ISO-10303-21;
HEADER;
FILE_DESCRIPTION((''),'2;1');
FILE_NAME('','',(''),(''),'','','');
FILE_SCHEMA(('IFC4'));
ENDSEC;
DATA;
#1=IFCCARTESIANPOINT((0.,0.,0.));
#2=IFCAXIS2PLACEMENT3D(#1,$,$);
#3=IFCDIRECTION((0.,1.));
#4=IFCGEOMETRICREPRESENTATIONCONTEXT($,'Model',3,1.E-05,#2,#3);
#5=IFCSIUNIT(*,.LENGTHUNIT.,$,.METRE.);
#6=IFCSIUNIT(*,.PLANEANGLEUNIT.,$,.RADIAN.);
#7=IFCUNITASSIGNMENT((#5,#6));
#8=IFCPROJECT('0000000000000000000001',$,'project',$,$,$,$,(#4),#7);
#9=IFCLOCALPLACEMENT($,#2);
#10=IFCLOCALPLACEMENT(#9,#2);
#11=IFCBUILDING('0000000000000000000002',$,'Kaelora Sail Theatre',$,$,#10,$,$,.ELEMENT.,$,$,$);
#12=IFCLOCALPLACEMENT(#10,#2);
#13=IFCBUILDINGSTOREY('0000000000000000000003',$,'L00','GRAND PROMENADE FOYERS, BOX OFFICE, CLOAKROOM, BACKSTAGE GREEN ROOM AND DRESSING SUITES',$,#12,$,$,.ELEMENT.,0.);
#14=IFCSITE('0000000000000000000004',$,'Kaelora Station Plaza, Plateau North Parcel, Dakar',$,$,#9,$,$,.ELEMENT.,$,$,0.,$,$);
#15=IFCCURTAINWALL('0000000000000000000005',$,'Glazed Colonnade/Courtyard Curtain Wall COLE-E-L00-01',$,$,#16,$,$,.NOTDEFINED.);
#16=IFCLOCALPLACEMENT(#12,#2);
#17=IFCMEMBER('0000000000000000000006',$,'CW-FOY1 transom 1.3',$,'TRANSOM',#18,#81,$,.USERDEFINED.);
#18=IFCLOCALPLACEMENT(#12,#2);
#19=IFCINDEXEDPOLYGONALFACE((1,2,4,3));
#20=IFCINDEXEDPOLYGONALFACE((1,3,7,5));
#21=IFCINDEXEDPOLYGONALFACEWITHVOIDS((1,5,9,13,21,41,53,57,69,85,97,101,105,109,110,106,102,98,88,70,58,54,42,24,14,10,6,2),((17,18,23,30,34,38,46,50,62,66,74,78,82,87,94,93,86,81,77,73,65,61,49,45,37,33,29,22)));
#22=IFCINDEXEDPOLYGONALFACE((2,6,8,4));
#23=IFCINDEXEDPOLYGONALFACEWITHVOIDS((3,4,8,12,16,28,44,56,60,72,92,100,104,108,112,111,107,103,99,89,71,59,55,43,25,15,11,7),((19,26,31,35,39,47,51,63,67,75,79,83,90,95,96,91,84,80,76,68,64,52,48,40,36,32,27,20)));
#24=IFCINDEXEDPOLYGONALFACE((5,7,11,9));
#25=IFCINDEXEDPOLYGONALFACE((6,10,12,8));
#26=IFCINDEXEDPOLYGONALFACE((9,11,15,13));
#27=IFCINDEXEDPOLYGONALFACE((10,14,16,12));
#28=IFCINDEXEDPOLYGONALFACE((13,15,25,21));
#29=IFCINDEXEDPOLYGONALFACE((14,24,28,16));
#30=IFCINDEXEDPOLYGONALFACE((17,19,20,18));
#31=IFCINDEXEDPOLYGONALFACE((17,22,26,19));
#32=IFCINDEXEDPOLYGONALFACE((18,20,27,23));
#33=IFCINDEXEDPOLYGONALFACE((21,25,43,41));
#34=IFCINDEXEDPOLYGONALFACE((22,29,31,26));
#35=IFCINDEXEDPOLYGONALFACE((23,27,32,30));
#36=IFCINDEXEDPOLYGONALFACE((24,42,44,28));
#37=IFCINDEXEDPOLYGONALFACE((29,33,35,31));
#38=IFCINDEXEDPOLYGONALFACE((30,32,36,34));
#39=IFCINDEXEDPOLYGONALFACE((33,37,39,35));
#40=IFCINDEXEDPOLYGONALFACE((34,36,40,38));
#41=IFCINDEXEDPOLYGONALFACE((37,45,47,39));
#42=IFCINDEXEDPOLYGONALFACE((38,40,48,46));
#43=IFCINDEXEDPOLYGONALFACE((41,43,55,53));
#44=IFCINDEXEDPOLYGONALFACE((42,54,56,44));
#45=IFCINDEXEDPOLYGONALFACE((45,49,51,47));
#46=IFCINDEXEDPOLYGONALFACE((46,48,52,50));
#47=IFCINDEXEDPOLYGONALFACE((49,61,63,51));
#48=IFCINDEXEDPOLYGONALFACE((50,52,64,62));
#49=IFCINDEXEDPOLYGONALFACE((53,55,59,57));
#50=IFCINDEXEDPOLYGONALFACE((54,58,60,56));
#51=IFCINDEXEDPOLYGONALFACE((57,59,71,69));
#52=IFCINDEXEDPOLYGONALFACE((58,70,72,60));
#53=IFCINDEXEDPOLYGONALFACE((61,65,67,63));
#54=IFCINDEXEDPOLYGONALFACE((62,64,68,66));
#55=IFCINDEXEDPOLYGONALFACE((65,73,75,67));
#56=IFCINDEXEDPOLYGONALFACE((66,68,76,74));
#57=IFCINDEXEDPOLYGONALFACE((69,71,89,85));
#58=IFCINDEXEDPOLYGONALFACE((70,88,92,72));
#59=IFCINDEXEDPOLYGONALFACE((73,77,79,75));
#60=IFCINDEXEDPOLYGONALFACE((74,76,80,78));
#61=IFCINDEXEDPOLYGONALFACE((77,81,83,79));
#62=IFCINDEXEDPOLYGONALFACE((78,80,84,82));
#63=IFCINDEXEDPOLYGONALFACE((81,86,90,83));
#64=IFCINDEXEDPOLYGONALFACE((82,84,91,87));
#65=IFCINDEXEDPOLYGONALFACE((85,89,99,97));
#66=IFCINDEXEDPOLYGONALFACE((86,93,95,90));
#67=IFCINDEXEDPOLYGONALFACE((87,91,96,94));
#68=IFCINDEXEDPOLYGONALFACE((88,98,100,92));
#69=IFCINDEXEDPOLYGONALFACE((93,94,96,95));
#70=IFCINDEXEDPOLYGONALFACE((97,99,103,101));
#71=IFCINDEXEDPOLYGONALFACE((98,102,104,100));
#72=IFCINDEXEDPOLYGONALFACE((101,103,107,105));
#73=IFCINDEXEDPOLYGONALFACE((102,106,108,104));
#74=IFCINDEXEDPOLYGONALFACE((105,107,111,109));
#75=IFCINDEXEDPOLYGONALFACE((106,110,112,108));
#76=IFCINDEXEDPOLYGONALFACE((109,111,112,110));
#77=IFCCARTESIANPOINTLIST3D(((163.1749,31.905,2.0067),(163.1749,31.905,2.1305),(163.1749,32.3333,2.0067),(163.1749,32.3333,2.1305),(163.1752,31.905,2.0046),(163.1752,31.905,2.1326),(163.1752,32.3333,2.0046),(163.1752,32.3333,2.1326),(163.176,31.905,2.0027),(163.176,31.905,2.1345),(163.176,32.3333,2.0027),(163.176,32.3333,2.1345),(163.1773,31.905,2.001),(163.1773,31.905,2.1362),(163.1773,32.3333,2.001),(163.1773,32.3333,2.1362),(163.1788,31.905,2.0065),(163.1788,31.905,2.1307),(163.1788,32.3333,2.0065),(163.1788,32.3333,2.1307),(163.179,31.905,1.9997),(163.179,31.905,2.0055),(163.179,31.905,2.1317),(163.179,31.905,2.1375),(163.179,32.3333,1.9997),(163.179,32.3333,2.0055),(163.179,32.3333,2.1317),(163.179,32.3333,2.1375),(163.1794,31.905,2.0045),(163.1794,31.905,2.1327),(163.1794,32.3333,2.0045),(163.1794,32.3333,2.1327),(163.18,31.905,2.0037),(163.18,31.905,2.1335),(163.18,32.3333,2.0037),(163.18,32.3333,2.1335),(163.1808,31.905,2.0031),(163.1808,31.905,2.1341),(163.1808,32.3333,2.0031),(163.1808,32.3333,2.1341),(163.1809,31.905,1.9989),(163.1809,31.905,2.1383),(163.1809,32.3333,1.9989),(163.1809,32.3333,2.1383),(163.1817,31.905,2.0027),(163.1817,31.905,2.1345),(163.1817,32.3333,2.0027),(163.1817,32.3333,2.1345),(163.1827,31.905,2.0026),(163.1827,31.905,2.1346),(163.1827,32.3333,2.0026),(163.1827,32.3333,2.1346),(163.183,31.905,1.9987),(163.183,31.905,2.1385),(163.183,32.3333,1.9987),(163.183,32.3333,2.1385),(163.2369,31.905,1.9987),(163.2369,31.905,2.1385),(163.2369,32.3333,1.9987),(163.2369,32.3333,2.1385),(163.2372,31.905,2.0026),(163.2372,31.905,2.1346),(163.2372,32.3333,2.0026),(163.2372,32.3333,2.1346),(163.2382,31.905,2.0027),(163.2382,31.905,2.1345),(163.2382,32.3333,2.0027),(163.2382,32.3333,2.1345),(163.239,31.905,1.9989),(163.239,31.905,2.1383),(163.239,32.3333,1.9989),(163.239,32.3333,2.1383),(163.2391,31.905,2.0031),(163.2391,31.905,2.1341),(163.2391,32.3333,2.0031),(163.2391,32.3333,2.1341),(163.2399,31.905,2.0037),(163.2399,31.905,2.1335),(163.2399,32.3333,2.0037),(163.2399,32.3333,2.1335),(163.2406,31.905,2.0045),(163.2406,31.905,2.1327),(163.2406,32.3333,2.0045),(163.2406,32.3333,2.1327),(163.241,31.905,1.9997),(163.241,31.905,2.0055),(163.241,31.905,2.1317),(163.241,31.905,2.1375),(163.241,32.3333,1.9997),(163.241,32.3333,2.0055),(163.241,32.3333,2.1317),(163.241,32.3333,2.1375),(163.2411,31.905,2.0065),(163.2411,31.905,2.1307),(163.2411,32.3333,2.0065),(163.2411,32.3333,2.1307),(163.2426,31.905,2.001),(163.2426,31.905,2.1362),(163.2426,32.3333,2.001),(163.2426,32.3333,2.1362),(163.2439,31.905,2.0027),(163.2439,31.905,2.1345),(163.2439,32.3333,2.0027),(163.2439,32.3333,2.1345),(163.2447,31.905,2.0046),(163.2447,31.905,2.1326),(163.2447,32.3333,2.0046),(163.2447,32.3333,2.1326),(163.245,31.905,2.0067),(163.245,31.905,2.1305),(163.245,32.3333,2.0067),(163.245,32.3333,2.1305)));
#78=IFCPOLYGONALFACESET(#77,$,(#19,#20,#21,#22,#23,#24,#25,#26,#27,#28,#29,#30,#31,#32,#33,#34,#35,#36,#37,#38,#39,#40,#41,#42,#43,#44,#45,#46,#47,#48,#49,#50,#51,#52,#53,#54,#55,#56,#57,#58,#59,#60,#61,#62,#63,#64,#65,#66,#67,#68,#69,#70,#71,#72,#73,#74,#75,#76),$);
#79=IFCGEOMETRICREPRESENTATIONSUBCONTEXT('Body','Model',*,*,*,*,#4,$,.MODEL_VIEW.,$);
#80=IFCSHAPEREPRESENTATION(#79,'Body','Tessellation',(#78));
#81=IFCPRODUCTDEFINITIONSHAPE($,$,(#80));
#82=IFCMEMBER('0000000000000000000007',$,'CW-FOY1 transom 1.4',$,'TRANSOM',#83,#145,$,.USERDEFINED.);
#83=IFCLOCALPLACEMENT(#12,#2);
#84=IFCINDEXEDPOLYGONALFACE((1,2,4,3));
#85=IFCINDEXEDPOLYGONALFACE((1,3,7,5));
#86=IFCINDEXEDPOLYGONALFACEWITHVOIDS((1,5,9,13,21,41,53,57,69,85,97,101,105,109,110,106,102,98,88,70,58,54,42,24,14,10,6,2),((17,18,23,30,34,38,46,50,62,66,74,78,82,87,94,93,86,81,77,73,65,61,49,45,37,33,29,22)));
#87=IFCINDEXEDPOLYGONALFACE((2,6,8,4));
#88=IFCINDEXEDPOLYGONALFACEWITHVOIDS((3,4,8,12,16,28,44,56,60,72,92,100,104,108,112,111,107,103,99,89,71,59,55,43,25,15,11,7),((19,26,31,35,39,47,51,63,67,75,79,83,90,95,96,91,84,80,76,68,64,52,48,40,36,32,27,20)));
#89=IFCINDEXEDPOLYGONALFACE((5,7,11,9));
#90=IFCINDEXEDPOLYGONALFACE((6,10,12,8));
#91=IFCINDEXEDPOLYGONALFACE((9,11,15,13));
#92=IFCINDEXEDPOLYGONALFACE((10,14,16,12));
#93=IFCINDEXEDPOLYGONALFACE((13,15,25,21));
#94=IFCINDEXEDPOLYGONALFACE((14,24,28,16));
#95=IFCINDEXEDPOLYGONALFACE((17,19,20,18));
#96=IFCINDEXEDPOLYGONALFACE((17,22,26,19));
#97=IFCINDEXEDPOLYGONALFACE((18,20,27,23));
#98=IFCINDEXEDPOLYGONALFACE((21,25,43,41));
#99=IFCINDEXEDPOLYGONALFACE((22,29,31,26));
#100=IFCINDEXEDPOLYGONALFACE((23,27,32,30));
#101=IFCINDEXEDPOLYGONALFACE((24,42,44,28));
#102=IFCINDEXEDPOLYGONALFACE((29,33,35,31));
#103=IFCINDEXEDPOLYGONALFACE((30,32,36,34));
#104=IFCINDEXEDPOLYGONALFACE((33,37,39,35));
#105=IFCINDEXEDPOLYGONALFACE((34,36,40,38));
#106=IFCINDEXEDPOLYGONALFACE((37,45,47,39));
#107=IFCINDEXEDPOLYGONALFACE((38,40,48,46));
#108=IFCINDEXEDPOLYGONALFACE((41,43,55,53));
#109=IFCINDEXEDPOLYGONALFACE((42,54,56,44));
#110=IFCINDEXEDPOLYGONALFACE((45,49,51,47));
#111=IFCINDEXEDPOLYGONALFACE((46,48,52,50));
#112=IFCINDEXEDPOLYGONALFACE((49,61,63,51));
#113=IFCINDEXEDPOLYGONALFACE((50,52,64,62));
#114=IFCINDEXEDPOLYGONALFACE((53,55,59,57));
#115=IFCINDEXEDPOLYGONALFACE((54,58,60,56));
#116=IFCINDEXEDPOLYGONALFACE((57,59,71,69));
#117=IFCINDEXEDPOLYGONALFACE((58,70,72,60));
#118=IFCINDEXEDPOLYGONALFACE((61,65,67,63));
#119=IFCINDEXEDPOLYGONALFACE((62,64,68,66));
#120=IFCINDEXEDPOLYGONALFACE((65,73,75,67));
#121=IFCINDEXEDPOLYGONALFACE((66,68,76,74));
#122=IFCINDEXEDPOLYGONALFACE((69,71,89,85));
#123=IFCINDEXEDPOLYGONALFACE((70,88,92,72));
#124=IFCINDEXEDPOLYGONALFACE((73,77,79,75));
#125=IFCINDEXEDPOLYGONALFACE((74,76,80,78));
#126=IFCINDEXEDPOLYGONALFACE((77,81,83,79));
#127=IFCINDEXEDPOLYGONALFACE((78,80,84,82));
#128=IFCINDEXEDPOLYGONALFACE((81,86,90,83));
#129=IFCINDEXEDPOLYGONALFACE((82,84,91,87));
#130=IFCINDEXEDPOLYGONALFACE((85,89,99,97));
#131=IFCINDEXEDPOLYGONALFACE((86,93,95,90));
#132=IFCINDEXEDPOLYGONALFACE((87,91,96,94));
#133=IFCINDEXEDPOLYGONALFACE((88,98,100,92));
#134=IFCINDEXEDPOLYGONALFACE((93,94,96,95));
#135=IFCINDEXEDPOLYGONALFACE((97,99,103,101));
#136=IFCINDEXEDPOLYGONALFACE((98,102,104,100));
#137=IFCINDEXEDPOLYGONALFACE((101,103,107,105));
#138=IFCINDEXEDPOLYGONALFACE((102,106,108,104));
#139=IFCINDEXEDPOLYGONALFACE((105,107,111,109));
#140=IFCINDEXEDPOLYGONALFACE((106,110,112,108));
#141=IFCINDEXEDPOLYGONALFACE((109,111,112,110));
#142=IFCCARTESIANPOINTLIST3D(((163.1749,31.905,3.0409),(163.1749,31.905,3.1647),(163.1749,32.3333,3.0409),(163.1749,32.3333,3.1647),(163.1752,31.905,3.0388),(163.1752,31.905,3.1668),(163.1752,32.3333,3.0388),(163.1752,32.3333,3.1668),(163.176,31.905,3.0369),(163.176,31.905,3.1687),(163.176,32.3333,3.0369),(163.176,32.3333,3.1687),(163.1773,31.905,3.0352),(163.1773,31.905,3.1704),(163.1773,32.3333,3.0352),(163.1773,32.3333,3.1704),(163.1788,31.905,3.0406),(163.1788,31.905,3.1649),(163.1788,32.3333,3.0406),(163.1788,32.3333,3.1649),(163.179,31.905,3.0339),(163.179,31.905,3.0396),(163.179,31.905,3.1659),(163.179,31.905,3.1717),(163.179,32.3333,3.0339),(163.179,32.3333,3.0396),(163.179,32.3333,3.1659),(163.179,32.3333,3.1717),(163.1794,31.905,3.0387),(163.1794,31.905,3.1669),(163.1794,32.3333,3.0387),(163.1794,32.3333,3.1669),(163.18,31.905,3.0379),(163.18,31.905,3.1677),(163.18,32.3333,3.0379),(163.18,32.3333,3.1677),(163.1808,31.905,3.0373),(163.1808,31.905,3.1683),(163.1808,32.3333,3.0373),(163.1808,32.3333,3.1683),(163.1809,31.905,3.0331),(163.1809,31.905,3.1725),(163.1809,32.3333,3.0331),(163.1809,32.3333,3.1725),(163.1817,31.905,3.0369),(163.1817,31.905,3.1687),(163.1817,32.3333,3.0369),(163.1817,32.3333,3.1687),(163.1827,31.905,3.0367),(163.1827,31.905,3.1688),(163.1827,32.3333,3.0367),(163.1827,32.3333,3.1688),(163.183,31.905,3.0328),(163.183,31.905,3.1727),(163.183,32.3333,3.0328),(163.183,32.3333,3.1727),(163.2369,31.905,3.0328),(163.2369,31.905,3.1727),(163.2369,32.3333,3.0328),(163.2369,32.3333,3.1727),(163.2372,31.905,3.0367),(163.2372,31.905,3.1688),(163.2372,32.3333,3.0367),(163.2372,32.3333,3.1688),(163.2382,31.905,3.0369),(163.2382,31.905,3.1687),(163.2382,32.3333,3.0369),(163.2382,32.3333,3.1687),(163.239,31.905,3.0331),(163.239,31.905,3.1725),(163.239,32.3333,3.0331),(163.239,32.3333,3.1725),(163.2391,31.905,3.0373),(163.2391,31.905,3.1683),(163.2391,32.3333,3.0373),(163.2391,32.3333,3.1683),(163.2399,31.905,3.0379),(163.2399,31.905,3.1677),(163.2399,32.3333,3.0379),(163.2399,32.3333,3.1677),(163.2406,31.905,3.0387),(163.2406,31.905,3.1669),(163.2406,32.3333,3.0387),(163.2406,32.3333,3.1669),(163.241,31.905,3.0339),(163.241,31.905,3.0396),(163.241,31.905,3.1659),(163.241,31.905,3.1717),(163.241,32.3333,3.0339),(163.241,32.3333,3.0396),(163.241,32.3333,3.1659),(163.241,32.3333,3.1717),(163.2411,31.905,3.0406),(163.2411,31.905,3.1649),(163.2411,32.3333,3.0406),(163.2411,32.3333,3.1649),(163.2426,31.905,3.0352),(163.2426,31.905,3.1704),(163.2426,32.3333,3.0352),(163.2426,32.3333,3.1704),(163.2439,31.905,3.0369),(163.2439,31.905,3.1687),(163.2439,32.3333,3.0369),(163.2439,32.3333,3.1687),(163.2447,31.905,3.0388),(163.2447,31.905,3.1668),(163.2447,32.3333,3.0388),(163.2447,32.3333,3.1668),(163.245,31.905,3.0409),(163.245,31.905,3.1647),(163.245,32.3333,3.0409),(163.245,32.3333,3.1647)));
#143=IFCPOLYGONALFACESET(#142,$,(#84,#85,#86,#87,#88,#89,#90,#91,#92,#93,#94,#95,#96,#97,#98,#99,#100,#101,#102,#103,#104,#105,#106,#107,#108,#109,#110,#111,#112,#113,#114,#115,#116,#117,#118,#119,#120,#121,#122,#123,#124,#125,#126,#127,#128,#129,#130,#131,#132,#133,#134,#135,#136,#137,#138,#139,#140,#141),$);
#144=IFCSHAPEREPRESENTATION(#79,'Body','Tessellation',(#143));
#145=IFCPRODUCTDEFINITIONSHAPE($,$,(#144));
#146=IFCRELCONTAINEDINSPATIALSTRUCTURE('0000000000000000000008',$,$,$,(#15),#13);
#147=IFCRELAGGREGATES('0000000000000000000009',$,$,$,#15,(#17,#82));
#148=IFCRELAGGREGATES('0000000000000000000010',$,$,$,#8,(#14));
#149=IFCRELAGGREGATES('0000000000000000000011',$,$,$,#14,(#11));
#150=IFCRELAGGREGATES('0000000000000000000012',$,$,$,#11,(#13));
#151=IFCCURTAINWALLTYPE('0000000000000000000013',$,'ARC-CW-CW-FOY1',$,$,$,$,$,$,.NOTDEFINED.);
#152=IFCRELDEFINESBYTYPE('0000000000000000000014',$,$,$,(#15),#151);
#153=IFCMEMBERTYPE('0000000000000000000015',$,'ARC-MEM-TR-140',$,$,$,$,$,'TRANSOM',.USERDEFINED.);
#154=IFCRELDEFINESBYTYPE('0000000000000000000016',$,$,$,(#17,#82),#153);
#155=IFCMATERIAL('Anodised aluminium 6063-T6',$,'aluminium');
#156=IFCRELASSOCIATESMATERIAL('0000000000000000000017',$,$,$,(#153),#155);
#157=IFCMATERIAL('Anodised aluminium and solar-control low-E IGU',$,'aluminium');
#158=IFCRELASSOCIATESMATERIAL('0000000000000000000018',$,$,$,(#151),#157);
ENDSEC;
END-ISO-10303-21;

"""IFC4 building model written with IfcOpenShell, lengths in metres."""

from ifc_helpers import new_model, si_unit, direction, frame, origin, origin_2d, place, context, subcontext, project, spatial, hollow_rectangle, extrude, material, material_profile, profile_set, type_object, element, aggregate, save


model = new_model("IFC4")

# Units and contexts
model_context = context("Model", 3, precision=1e-05, world=origin(), true_north=direction((0.0, 1.0)))
body_context = subcontext(model_context, "Body", "Model", "MODEL_VIEW")
ifc_project = project(units=[si_unit("LENGTHUNIT", "METRE"), si_unit("PLANEANGLEUNIT", "RADIAN")], contexts=[model_context])

# Site, building, storey
site_placement = place(None, origin())
site = spatial("IfcSite", under=ifc_project, at=site_placement, Name="Kaelora Station Plaza, Plateau North Parcel, Dakar", CompositionType="ELEMENT", RefElevation=0.0)
building_placement = place(site_placement, origin())
building = spatial("IfcBuilding", under=site, at=building_placement, Name="Kaelora Sail Theatre", CompositionType="ELEMENT")
storey_placement = place(building_placement, origin())
storey = spatial("IfcBuildingStorey", under=building, at=storey_placement, Name="L00", Description="GRAND PROMENADE FOYERS, BOX OFFICE, CLOAKROOM, BACKSTAGE GREEN ROOM AND DRESSING SUITES", CompositionType="ELEMENT", Elevation=0.0)

# Curtain wall, members
ifc_material_1 = material(Name="Anodised aluminium 6063-T6", Category="aluminium")
ifc_material_profile = material_profile(ifc_material_1, hollow_rectangle(XDim=0.0701, YDim=0.1399, WallThickness=0.0039, InnerFilletRadius=0.0039, OuterFilletRadius=0.0081, at=origin_2d()), Name="ALU-TRAN 70x140x4")
ifc_profile_set = profile_set([ifc_material_profile], Name="Anodised aluminium 6063-T6")
member_type = type_object("IfcMemberType", Name="ARC-MEM-TR-140", ElementType="TRANSOM", PredefinedType="USERDEFINED", material=ifc_profile_set)
ifc_material_2 = material(Name="Anodised aluminium and solar-control low-E IGU", Category="aluminium")
curtain_wall_type_1 = type_object("IfcCurtainWallType", Name="ARC-CW-CW-FOY1", PredefinedType="NOTDEFINED", material=ifc_material_2)
curtain_wall_1_placement = place(storey_placement, origin())
curtain_wall_1 = element("IfcCurtainWall", 1, at=curtain_wall_1_placement, inside=storey, type_object=curtain_wall_type_1, Name="Glazed Colonnade/Courtyard Curtain Wall COLE-E-L00-01", PredefinedType="NOTDEFINED")
member_1_placement = place(storey_placement, frame((163.21, 31.905, 2.0686), z_axis=(0.0, 1.0, 0.0), x_axis=(-1.0, 0.0, 0.0)))
member_1 = element("IfcMember", 2, at=member_1_placement, type_object=member_type, Name="CW-FOY1 transom 1.3", ObjectType="TRANSOM", PredefinedType="USERDEFINED", context=body_context, shape_type="SweptSolid", body=[
    extrude(hollow_rectangle(XDim=0.0701, YDim=0.1399, WallThickness=0.0039, InnerFilletRadius=0.0039, OuterFilletRadius=0.0081, at=origin_2d()), origin(), (0.0, 0.0, 1.0), 0.4282),
])
member_2_placement = place(storey_placement, frame((163.21, 31.905, 3.1028), z_axis=(0.0, 1.0, 0.0), x_axis=(-1.0, 0.0, 0.0)))
member_2 = element("IfcMember", 3, at=member_2_placement, type_object=member_type, Name="CW-FOY1 transom 1.4", ObjectType="TRANSOM", PredefinedType="USERDEFINED", context=body_context, shape_type="SweptSolid", body=[
    extrude(hollow_rectangle(XDim=0.0701, YDim=0.1399, WallThickness=0.0039, InnerFilletRadius=0.0039, OuterFilletRadius=0.0081, at=origin_2d()), origin(), (0.0, 0.0, 1.0), 0.4282),
])

aggregate(curtain_wall_1, [member_1, member_2])

save(model, "model.ifc")
